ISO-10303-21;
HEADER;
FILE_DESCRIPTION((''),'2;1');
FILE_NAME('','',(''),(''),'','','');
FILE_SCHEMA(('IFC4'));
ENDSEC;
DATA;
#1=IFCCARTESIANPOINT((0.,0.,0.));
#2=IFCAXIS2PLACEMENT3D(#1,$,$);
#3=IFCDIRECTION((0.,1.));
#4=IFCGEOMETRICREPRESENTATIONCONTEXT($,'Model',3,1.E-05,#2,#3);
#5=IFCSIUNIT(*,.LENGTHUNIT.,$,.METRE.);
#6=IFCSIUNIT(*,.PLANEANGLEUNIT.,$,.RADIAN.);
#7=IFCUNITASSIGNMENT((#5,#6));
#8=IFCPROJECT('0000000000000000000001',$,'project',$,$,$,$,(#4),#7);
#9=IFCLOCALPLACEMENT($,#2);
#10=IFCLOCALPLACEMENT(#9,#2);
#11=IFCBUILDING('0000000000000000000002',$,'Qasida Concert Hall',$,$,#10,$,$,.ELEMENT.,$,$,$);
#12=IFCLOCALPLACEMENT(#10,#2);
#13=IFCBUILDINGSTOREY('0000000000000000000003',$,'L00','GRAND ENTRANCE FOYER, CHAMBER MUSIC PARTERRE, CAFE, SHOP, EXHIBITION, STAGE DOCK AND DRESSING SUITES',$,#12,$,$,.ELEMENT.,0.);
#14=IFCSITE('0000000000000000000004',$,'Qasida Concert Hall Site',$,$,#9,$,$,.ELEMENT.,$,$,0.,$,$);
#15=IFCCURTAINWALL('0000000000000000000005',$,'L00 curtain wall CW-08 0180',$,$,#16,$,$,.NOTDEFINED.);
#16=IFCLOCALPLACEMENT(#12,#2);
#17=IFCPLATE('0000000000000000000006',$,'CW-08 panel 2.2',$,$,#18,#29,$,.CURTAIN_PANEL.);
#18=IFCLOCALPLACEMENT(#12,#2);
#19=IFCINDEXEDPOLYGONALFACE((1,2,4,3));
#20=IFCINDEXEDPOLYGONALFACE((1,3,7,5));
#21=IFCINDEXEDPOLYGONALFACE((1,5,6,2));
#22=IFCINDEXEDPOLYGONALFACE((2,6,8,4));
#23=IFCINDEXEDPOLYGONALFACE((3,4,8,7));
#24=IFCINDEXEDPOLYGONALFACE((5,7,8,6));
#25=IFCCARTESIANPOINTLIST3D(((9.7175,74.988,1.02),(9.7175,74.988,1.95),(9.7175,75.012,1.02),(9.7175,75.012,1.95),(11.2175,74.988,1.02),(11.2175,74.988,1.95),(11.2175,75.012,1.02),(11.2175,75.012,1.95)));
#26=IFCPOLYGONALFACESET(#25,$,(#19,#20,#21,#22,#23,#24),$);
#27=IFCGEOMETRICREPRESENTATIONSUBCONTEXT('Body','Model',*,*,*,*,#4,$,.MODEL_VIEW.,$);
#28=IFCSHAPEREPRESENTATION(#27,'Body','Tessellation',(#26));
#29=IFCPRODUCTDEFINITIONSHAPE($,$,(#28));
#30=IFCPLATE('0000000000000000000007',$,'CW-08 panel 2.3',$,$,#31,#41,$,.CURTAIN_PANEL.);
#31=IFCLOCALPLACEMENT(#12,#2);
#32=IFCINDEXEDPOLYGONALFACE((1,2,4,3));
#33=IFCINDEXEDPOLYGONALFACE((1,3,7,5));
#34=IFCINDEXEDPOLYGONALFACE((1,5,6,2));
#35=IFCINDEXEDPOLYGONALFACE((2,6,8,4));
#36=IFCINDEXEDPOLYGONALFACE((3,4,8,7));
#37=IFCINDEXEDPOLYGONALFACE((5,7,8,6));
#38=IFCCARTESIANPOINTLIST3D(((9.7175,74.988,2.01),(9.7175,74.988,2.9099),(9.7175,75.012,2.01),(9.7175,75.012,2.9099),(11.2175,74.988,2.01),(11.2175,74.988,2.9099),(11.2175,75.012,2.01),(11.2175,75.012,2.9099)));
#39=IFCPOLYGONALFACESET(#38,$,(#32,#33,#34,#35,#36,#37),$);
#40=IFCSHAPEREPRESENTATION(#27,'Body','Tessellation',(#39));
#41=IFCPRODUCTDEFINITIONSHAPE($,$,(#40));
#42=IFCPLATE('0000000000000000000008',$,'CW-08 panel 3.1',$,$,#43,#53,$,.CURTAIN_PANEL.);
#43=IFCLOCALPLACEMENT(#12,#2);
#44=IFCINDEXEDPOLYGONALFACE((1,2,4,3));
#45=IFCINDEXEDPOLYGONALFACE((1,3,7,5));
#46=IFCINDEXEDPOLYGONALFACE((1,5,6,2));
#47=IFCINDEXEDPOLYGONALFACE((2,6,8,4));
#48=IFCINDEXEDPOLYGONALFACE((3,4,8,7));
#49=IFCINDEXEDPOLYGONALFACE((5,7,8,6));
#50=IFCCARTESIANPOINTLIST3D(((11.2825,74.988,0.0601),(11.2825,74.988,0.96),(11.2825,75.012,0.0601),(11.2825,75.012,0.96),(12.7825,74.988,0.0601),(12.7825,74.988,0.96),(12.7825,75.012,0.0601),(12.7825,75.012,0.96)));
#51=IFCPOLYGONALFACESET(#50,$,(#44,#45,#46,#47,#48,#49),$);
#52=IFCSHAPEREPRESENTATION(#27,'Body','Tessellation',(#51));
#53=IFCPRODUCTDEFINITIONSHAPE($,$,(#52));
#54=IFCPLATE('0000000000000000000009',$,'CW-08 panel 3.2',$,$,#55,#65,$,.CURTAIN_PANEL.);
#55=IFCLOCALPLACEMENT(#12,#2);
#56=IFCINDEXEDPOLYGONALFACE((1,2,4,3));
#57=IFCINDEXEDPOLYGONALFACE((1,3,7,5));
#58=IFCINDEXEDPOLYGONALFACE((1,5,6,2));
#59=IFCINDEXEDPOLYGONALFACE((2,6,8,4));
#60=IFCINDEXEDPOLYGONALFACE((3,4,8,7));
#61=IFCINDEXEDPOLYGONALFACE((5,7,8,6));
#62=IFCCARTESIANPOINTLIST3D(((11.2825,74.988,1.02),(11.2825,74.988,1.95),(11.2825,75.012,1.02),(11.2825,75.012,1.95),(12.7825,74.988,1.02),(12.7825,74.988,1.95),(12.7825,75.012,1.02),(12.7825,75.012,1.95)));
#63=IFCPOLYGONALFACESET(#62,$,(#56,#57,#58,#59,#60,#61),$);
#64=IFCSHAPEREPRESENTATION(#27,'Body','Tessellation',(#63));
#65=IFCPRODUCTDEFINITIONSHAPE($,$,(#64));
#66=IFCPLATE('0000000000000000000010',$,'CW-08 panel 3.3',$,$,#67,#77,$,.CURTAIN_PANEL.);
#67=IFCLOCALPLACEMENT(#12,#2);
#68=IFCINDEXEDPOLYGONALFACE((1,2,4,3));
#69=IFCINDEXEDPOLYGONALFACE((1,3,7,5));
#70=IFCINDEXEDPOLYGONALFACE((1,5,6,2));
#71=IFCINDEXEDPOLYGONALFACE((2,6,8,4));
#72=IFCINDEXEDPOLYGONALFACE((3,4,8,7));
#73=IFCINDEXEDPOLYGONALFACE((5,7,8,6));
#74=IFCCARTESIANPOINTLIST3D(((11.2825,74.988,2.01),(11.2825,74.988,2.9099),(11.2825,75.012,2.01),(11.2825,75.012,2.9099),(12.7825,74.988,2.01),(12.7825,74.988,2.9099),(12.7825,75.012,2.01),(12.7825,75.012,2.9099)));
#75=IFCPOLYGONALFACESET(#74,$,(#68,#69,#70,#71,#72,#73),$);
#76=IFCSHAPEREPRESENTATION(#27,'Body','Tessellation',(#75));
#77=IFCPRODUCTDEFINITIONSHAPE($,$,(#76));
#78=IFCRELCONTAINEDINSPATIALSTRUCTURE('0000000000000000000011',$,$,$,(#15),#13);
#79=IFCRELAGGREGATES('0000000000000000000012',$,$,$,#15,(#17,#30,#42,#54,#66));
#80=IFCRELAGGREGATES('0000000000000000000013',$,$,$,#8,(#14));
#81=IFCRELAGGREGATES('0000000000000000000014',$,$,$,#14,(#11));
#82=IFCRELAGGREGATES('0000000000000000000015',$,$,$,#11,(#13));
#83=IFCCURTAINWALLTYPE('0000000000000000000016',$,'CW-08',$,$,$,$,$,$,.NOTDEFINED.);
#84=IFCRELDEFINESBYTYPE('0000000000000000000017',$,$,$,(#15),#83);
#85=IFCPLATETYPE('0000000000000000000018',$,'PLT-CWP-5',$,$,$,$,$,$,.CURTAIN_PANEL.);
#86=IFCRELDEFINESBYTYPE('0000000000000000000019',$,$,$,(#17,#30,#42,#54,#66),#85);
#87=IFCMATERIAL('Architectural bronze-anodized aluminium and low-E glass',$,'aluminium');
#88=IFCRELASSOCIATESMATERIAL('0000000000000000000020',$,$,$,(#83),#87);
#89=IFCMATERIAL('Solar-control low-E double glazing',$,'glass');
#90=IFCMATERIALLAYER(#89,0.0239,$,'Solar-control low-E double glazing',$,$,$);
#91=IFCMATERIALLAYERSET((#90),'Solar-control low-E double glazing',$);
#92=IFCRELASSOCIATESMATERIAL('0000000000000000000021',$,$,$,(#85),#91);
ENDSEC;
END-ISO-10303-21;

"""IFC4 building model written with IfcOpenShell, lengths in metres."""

from ifc_helpers import new_model, si_unit, direction, frame, origin, origin_2d, place, context, subcontext, project, spatial, rectangle, extrude, material, layer, layer_set, type_object, element, aggregate, save


model = new_model("IFC4")

# Units and contexts
model_context = context("Model", 3, precision=1e-05, world=origin(), true_north=direction((0.0, 1.0)))
body_context = subcontext(model_context, "Body", "Model", "MODEL_VIEW")
ifc_project = project(units=[si_unit("LENGTHUNIT", "METRE"), si_unit("PLANEANGLEUNIT", "RADIAN")], contexts=[model_context])

# Site, building, storey
site_placement = place(None, origin())
site = spatial("IfcSite", under=ifc_project, at=site_placement, Name="Qasida Concert Hall Site", CompositionType="ELEMENT", RefElevation=0.0)
building_placement = place(site_placement, origin())
building = spatial("IfcBuilding", under=site, at=building_placement, Name="Qasida Concert Hall", CompositionType="ELEMENT")
storey_placement = place(building_placement, origin())
storey = spatial("IfcBuildingStorey", under=building, at=storey_placement, Name="L00", Description="GRAND ENTRANCE FOYER, CHAMBER MUSIC PARTERRE, CAFE, SHOP, EXHIBITION, STAGE DOCK AND DRESSING SUITES", CompositionType="ELEMENT", Elevation=0.0)

# Curtain wall, plates
ifc_material_1 = material(Name="Architectural bronze-anodized aluminium and low-E glass", Category="aluminium")
curtain_wall_type = type_object("IfcCurtainWallType", Name="CW-08", PredefinedType="NOTDEFINED", material=ifc_material_1)
curtain_wall_placement = place(storey_placement, origin())
curtain_wall = element("IfcCurtainWall", 1, at=curtain_wall_placement, inside=storey, type_object=curtain_wall_type, Name="L00 curtain wall CW-08 0180", PredefinedType="NOTDEFINED")
ifc_material_2 = material(Name="Solar-control low-E double glazing", Category="glass")
ifc_layer = layer(ifc_material_2, 0.0239, Name="Solar-control low-E double glazing")
ifc_layer_set = layer_set([ifc_layer], Name="Solar-control low-E double glazing")
plate_type = type_object("IfcPlateType", Name="PLT-CWP-5", PredefinedType="CURTAIN_PANEL", material=ifc_layer_set)
plate_1_placement = place(storey_placement, frame((10.4675, 75.0, 1.02), z_axis=(0.0, 0.0, 1.0), x_axis=(1.0, 0.0, 0.0)))
plate_1 = element("IfcPlate", 2, at=plate_1_placement, type_object=plate_type, Name="CW-08 panel 2.2", PredefinedType="CURTAIN_PANEL", context=body_context, shape_type="SweptSolid", body=[
    extrude(rectangle(XDim=1.5, YDim=0.0239, at=origin_2d()), origin(), (0.0, 0.0, 1.0), 0.9299),
])
plate_2_placement = place(storey_placement, frame((10.4675, 75.0, 2.01), z_axis=(0.0, 0.0, 1.0), x_axis=(1.0, 0.0, 0.0)))
plate_2 = element("IfcPlate", 3, at=plate_2_placement, type_object=plate_type, Name="CW-08 panel 2.3", PredefinedType="CURTAIN_PANEL", context=body_context, shape_type="SweptSolid", body=[
    extrude(rectangle(XDim=1.5, YDim=0.0239, at=origin_2d()), origin(), (0.0, 0.0, 1.0), 0.8999),
])
plate_3_placement = place(storey_placement, frame((12.0325, 75.0, 0.0601), z_axis=(0.0, 0.0, 1.0), x_axis=(1.0, 0.0, 0.0)))
plate_3 = element("IfcPlate", 4, at=plate_3_placement, type_object=plate_type, Name="CW-08 panel 3.1", PredefinedType="CURTAIN_PANEL", context=body_context, shape_type="SweptSolid", body=[
    extrude(rectangle(XDim=1.5, YDim=0.0239, at=origin_2d()), origin(), (0.0, 0.0, 1.0), 0.8999),
])
plate_4_placement = place(storey_placement, frame((12.0325, 75.0, 1.02), z_axis=(0.0, 0.0, 1.0), x_axis=(1.0, 0.0, 0.0)))
plate_4 = element("IfcPlate", 5, at=plate_4_placement, type_object=plate_type, Name="CW-08 panel 3.2", PredefinedType="CURTAIN_PANEL", context=body_context, shape_type="SweptSolid", body=[
    extrude(rectangle(XDim=1.5, YDim=0.0239, at=origin_2d()), origin(), (0.0, 0.0, 1.0), 0.9299),
])
plate_5_placement = place(storey_placement, frame((12.0325, 75.0, 2.01), z_axis=(0.0, 0.0, 1.0), x_axis=(1.0, 0.0, 0.0)))
plate_5 = element("IfcPlate", 6, at=plate_5_placement, type_object=plate_type, Name="CW-08 panel 3.3", PredefinedType="CURTAIN_PANEL", context=body_context, shape_type="SweptSolid", body=[
    extrude(rectangle(XDim=1.5, YDim=0.0239, at=origin_2d()), origin(), (0.0, 0.0, 1.0), 0.8999),
])
aggregate(curtain_wall, [plate_1, plate_2, plate_3, plate_4, plate_5])

save(model, "model.ifc")
